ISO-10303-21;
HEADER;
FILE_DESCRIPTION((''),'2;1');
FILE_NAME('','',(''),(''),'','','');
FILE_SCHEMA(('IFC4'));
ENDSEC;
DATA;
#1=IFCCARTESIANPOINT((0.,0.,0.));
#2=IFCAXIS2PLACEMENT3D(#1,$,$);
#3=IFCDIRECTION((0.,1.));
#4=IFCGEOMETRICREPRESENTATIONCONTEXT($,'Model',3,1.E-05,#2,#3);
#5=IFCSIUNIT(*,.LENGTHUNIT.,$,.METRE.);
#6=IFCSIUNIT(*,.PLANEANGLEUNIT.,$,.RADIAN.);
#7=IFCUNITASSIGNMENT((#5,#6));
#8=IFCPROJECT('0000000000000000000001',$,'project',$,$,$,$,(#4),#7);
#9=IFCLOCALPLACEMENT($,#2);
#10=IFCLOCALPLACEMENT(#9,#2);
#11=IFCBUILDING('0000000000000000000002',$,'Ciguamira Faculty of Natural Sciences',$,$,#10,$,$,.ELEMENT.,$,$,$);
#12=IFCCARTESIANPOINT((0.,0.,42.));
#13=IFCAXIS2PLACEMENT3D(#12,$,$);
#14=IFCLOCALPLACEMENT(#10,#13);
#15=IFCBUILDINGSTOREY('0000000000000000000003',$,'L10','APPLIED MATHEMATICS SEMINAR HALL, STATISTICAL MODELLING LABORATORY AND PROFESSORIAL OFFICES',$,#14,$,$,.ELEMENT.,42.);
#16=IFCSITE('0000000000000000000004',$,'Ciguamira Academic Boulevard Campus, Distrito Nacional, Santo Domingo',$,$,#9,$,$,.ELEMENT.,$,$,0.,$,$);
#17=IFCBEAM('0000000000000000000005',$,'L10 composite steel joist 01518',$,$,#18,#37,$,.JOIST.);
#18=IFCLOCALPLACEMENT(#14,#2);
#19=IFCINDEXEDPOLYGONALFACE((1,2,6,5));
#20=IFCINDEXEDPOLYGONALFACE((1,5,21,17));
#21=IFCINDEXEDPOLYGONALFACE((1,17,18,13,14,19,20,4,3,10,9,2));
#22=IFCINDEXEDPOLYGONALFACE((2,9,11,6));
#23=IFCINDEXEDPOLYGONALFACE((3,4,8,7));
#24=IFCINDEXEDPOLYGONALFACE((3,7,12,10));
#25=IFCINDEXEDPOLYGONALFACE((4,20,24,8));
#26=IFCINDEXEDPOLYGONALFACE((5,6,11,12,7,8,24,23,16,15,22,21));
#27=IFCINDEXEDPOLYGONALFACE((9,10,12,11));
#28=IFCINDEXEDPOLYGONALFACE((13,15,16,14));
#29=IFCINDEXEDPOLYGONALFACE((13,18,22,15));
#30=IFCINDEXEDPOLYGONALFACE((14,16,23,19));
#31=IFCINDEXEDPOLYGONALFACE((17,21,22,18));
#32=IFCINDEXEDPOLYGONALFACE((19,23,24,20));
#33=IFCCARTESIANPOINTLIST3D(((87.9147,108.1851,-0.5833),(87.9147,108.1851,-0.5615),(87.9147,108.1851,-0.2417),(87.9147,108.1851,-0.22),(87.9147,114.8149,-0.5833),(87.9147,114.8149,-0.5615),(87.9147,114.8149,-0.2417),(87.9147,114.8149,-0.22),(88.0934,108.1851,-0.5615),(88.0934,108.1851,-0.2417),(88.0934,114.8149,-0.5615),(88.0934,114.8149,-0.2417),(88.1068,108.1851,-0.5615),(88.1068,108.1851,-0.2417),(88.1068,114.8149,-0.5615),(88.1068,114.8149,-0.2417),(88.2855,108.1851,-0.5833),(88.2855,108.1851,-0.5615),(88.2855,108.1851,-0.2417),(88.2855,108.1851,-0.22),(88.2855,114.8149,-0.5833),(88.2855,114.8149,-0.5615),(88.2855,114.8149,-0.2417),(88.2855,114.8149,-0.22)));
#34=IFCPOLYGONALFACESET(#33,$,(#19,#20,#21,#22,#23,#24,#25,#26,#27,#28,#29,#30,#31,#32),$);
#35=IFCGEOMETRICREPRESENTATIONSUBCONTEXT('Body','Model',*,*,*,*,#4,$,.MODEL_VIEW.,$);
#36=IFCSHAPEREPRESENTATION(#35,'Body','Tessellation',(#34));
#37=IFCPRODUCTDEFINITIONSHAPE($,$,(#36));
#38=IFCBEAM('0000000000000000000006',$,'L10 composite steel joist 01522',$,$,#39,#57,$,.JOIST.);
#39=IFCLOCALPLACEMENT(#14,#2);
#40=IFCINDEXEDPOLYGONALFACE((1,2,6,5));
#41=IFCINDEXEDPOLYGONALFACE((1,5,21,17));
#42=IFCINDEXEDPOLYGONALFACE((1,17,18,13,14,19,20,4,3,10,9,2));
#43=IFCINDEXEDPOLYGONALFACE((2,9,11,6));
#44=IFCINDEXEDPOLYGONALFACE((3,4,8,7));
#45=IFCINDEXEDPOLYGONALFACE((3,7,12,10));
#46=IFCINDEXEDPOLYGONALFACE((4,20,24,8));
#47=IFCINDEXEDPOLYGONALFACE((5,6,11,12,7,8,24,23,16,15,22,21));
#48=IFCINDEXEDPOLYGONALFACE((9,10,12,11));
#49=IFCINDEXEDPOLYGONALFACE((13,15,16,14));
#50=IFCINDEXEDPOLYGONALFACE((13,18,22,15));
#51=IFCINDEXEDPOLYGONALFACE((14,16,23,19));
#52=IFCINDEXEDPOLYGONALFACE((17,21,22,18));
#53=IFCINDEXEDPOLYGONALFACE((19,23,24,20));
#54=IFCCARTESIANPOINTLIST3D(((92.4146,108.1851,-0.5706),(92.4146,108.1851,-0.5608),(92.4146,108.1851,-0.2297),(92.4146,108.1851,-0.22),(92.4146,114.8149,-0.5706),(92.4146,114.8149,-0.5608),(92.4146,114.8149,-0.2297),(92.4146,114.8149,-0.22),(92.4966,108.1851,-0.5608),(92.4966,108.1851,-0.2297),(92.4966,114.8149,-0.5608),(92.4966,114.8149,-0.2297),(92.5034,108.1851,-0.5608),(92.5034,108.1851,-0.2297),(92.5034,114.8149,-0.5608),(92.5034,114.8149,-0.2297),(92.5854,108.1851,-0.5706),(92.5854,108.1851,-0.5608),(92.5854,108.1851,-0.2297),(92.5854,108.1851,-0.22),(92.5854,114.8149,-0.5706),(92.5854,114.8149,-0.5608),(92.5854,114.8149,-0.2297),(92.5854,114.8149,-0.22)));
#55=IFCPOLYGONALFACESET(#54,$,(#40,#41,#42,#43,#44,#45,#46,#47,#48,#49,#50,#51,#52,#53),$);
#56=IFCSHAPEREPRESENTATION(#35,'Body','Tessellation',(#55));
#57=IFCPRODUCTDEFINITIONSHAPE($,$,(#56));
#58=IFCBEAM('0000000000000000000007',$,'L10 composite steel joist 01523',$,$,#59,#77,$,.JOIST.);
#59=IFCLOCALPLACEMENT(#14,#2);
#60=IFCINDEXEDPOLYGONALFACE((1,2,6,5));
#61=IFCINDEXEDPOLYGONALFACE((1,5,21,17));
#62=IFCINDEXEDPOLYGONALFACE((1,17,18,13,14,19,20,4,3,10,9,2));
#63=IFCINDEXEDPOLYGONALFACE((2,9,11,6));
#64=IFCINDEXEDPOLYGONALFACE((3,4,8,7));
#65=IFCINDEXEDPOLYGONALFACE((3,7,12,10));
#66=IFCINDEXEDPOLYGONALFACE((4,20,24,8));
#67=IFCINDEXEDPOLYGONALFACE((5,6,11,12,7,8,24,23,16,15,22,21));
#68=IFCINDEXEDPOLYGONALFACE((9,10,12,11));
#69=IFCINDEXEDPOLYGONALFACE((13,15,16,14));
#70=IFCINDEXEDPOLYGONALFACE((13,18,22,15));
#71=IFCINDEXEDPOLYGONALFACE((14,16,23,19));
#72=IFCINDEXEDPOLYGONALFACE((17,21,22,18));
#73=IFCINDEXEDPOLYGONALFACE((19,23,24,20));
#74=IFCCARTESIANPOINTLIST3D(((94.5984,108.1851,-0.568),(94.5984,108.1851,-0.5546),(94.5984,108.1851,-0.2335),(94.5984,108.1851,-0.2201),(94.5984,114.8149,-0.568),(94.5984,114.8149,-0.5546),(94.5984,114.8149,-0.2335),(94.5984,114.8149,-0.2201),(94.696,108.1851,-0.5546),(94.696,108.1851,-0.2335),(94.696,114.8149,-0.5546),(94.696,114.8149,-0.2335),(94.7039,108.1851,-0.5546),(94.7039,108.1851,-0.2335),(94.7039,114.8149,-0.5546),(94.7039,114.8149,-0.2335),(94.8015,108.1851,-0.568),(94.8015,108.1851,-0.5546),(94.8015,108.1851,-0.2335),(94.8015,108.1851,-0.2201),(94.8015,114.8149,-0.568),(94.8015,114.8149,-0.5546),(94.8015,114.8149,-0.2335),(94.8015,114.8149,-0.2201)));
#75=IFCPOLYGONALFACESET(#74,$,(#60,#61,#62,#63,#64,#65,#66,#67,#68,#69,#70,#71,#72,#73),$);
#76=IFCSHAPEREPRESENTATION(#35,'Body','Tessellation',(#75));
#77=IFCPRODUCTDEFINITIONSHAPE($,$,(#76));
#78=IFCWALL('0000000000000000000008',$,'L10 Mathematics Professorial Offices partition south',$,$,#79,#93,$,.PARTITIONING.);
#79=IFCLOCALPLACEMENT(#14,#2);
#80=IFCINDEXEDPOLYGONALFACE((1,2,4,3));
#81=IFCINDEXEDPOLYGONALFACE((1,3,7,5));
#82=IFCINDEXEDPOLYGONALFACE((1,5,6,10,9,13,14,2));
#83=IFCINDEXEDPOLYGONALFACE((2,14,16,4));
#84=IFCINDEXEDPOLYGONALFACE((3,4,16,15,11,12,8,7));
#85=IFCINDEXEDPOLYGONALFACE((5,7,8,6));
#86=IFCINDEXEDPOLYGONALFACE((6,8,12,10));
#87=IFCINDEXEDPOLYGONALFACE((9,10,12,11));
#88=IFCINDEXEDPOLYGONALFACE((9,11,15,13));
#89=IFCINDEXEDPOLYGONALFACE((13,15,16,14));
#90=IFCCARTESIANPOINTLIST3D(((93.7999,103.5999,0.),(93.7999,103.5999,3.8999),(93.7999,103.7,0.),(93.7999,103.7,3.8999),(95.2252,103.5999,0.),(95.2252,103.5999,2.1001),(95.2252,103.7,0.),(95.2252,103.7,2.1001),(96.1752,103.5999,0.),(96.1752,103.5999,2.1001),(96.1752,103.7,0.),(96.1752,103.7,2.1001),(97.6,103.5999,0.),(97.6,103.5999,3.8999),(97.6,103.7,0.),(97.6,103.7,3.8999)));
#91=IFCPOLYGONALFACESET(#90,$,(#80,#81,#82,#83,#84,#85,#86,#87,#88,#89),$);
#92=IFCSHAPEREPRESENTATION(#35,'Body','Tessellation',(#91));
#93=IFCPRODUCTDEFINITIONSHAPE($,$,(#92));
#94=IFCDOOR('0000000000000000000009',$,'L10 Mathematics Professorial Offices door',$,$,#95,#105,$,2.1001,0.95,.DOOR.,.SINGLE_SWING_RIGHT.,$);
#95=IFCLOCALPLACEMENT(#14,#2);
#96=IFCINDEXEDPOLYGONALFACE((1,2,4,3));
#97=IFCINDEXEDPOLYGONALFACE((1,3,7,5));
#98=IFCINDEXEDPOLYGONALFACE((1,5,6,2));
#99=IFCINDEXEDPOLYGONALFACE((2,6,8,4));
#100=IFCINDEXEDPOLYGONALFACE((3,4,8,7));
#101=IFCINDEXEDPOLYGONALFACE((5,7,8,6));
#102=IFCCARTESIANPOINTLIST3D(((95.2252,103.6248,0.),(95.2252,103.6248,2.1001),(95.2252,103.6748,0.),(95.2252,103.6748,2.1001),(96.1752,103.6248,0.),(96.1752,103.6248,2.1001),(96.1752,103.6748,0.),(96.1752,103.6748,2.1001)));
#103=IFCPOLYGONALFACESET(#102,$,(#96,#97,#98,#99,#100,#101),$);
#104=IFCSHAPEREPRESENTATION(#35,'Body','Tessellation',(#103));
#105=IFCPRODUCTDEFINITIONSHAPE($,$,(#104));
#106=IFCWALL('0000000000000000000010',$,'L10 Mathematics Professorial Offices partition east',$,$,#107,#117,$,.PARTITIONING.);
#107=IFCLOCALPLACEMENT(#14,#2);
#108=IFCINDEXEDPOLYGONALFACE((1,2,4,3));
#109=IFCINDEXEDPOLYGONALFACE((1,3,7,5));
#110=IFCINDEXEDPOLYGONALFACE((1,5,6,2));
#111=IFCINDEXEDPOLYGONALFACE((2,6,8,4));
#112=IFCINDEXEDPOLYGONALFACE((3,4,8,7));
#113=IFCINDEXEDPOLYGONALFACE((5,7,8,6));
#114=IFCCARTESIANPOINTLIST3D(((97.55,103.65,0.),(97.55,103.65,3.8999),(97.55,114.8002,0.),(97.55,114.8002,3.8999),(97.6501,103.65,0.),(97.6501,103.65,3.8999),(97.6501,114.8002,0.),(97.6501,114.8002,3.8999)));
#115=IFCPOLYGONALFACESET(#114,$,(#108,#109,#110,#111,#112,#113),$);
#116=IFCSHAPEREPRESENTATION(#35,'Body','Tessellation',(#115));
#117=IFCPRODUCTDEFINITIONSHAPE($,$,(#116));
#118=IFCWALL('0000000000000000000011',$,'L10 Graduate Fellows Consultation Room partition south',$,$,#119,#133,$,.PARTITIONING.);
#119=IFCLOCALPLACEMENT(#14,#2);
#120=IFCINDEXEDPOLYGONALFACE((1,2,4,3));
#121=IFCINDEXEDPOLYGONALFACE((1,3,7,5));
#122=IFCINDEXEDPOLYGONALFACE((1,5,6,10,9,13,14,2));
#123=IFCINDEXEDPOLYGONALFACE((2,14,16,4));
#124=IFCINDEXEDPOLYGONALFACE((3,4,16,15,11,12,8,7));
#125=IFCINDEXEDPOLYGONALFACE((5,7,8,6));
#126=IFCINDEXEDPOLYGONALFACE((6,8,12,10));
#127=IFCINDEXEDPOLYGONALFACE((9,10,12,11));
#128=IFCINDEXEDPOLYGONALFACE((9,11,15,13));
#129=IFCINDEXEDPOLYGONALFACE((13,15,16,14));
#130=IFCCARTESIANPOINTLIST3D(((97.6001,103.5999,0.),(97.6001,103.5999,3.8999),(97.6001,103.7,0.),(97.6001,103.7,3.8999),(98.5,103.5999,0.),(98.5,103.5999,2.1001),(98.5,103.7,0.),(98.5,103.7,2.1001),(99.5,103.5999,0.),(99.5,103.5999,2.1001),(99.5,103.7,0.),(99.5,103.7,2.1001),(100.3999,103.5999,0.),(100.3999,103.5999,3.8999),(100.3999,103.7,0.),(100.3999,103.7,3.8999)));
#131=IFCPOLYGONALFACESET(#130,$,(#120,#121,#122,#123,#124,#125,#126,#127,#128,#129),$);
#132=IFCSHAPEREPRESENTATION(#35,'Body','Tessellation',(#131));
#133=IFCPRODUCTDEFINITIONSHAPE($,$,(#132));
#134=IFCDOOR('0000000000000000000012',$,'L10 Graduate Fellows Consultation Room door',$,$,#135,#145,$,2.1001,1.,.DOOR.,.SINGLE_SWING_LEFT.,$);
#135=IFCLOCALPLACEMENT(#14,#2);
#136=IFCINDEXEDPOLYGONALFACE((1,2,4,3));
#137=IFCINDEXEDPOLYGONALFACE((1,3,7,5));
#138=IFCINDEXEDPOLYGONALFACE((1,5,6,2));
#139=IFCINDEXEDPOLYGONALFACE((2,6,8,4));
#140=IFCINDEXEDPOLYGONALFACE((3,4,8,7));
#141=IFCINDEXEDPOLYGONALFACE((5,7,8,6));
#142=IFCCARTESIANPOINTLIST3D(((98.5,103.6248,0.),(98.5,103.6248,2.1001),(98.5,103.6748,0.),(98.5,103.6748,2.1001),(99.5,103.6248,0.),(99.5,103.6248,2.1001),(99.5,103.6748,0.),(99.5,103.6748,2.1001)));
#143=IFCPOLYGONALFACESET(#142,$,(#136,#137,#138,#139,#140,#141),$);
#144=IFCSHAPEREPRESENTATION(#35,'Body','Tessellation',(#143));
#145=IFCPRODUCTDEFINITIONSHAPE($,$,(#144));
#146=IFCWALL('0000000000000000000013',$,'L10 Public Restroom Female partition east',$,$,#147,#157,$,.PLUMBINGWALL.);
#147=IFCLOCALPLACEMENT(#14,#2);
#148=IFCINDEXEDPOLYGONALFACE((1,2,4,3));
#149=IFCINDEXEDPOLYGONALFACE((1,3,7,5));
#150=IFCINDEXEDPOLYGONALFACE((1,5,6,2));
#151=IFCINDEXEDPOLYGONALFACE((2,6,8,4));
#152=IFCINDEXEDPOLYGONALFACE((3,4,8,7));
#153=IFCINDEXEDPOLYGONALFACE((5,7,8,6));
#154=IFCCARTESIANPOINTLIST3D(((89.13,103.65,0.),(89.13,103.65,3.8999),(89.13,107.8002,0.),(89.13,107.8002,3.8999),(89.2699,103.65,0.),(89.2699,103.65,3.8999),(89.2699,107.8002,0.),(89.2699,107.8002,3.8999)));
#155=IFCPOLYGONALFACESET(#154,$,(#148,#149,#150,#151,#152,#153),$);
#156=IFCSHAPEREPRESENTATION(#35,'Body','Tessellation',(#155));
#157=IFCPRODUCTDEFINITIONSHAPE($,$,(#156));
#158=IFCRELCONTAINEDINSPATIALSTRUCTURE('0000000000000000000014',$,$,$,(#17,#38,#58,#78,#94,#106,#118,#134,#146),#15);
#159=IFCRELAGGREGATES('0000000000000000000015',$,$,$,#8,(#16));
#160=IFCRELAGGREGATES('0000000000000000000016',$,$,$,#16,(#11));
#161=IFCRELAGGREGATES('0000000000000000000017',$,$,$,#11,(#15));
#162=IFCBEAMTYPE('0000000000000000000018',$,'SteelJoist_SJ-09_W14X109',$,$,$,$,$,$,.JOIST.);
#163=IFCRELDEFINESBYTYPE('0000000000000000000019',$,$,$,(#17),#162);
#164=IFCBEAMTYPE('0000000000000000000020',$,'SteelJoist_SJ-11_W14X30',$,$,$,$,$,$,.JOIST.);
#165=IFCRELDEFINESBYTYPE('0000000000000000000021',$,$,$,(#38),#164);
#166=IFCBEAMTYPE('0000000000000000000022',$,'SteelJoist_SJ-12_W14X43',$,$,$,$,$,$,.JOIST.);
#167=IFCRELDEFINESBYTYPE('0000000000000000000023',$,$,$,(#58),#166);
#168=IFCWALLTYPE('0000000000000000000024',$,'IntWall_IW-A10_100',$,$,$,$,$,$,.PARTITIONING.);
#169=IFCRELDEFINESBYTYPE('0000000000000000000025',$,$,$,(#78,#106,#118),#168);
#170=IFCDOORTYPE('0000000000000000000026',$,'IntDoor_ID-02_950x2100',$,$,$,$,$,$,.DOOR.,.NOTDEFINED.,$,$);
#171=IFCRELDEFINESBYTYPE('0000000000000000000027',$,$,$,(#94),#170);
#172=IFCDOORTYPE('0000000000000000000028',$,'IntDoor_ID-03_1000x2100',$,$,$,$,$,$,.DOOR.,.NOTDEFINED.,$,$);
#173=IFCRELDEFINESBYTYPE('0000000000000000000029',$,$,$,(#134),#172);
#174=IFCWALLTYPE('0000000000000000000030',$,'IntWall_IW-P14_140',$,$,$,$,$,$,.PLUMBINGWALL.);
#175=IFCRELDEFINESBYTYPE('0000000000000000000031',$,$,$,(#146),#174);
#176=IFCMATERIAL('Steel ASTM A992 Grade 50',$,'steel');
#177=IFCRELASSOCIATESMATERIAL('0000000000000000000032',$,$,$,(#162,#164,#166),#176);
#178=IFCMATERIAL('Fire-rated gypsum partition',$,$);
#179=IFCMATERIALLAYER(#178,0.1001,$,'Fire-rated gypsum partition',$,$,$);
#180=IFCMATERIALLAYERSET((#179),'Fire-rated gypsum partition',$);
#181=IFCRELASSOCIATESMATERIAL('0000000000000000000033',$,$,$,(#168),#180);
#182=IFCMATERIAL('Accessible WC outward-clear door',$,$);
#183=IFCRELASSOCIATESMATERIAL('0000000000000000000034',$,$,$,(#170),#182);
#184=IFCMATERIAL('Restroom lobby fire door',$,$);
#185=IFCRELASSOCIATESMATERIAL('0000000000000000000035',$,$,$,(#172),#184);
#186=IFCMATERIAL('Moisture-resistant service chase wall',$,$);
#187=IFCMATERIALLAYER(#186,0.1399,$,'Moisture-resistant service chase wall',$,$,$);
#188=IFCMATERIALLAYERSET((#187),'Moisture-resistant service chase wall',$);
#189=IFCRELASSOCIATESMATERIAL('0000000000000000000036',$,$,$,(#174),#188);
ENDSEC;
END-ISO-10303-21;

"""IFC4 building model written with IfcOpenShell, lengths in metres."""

from ifc_helpers import new_model, si_unit, direction, frame, frame_2d, origin, origin_2d, place, context, subcontext, project, spatial, rectangle, i_section, extrude, material, layer, layer_set, material_profile, profile_set, type_object, element, fill, save


model = new_model("IFC4")

# Units and contexts
model_context = context("Model", 3, precision=1e-05, world=origin(), true_north=direction((0.0, 1.0)))
body_context = subcontext(model_context, "Body", "Model", "MODEL_VIEW")
ifc_project = project(units=[si_unit("LENGTHUNIT", "METRE"), si_unit("PLANEANGLEUNIT", "RADIAN")], contexts=[model_context])

# Site, building, storey
site_placement = place(None, origin())
site = spatial("IfcSite", under=ifc_project, at=site_placement, Name="Ciguamira Academic Boulevard Campus, Distrito Nacional, Santo Domingo", CompositionType="ELEMENT", RefElevation=0.0)
building_placement = place(site_placement, origin())
building = spatial("IfcBuilding", under=site, at=building_placement, Name="Ciguamira Faculty of Natural Sciences", CompositionType="ELEMENT")
storey_placement = place(building_placement, frame((0.0, 0.0, 42.0)))
storey = spatial("IfcBuildingStorey", under=building, at=storey_placement, Name="L10", Description="APPLIED MATHEMATICS SEMINAR HALL, STATISTICAL MODELLING LABORATORY AND PROFESSORIAL OFFICES", CompositionType="ELEMENT", Elevation=42.0)

# Beams
ifc_material_1 = material(Name="Steel ASTM A992 Grade 50", Category="steel")
ifc_material_profile_1 = material_profile(ifc_material_1, i_section(OverallWidth=0.3708, OverallDepth=0.3633, WebThickness=0.0134, FlangeThickness=0.0217, at=origin_2d()), Name="W14X109")
ifc_profile_set_1 = profile_set([ifc_material_profile_1], Name="Steel ASTM A992 Grade 50")
beam_type_1 = type_object("IfcBeamType", Name="SteelJoist_SJ-09_W14X109", PredefinedType="JOIST", material=ifc_profile_set_1)
beam_1_placement = place(storey_placement, frame((88.1001, 108.1851, -0.4016), z_axis=(0.0, 1.0, 0.0), x_axis=(-1.0, 0.0, 0.0)))
element("IfcBeam", 1, at=beam_1_placement, inside=storey, type_object=beam_type_1, Name="L10 composite steel joist 01518", PredefinedType="JOIST", context=body_context, shape_type="SweptSolid", body=[
    extrude(i_section(OverallWidth=0.3708, OverallDepth=0.3633, WebThickness=0.0134, FlangeThickness=0.0217, at=origin_2d()), origin(), (0.0, 0.0, 1.0), 6.6299),
])
ifc_material_profile_2 = material_profile(ifc_material_1, i_section(OverallWidth=0.1709, OverallDepth=0.3506, WebThickness=0.0068, FlangeThickness=0.0098, at=origin_2d()), Name="W14X30")
ifc_profile_set_2 = profile_set([ifc_material_profile_2], Name="Steel ASTM A992 Grade 50")
beam_type_2 = type_object("IfcBeamType", Name="SteelJoist_SJ-11_W14X30", PredefinedType="JOIST", material=ifc_profile_set_2)
beam_2_placement = place(storey_placement, frame((92.5, 108.1851, -0.3953), z_axis=(0.0, 1.0, 0.0), x_axis=(-1.0, 0.0, 0.0)))
element("IfcBeam", 2, at=beam_2_placement, inside=storey, type_object=beam_type_2, Name="L10 composite steel joist 01522", PredefinedType="JOIST", context=body_context, shape_type="SweptSolid", body=[
    extrude(i_section(OverallWidth=0.1709, OverallDepth=0.3506, WebThickness=0.0068, FlangeThickness=0.0098, at=origin_2d()), origin(), (0.0, 0.0, 1.0), 6.6299),
])
ifc_material_profile_3 = material_profile(ifc_material_1, i_section(OverallWidth=0.2031, OverallDepth=0.3479, WebThickness=0.0078, FlangeThickness=0.0134, at=origin_2d()), Name="W14X43")
ifc_profile_set_3 = profile_set([ifc_material_profile_3], Name="Steel ASTM A992 Grade 50")
beam_type_3 = type_object("IfcBeamType", Name="SteelJoist_SJ-12_W14X43", PredefinedType="JOIST", material=ifc_profile_set_3)
beam_3_placement = place(storey_placement, frame((94.7, 108.1851, -0.394), z_axis=(0.0, 1.0, 0.0), x_axis=(-1.0, 0.0, 0.0)))
element("IfcBeam", 3, at=beam_3_placement, inside=storey, type_object=beam_type_3, Name="L10 composite steel joist 01523", PredefinedType="JOIST", context=body_context, shape_type="SweptSolid", body=[
    extrude(i_section(OverallWidth=0.2031, OverallDepth=0.3479, WebThickness=0.0078, FlangeThickness=0.0134, at=origin_2d()), origin(), (0.0, 0.0, 1.0), 6.6299),
])

# Wall, opening, door
ifc_material_2 = material(Name="Fire-rated gypsum partition")
ifc_layer_1 = layer(ifc_material_2, 0.1001, Name="Fire-rated gypsum partition")
ifc_layer_set_1 = layer_set([ifc_layer_1], Name="Fire-rated gypsum partition")
wall_type_1 = type_object("IfcWallType", Name="IntWall_IW-A10_100", PredefinedType="PARTITIONING", material=ifc_layer_set_1)
wall_1_placement = place(storey_placement, frame((93.8, 103.6499, 0.0), z_axis=(0.0, 0.0, 1.0), x_axis=(1.0, 0.0, 0.0)))
wall_1 = element("IfcWall", 4, at=wall_1_placement, inside=storey, type_object=wall_type_1, Name="L10 Mathematics Professorial Offices partition south", PredefinedType="PARTITIONING", context=body_context, shape_type="SweptSolid", body=[
    extrude(rectangle(XDim=3.8, YDim=0.1001, at=frame_2d((1.8999, 0.0))), origin(), (0.0, 0.0, 1.0), 3.8999),
])
opening_1_placement = place(wall_1_placement, frame((1.425, 0.0, 0.0)))
opening_1 = element("IfcOpeningElement", 5, at=opening_1_placement, cuts=wall_1, PredefinedType="OPENING", context=body_context, shape_type="SweptSolid", body=[
    extrude(rectangle(XDim=0.95, YDim=2.1001, at=frame_2d((0.4751, 1.05))), frame((0.0, 0.0601, 0.0), z_axis=(0.0, -1.0, 0.0), x_axis=(1.0, 0.0, 0.0)), (0.0, 0.0, 1.0), 0.1201),
])
ifc_material_3 = material(Name="Accessible WC outward-clear door")
door_type_1 = type_object("IfcDoorType", Name="IntDoor_ID-02_950x2100", OperationType="NOTDEFINED", PredefinedType="DOOR", material=ifc_material_3)
door_1_placement = place(opening_1_placement, origin())
door_1 = element("IfcDoor", 6, at=door_1_placement, inside=storey, type_object=door_type_1, Name="L10 Mathematics Professorial Offices door", OperationType="SINGLE_SWING_RIGHT", OverallHeight=2.1001, OverallWidth=0.95, PredefinedType="DOOR", context=body_context, shape_type="SweptSolid", body=[
    extrude(rectangle(XDim=0.95, YDim=2.1001, at=frame_2d((0.4751, 1.05))), frame((0.0, 0.0249, 0.0), z_axis=(0.0, -1.0, 0.0), x_axis=(1.0, 0.0, 0.0)), (0.0, 0.0, 1.0), 0.05),
])
fill(opening_1, door_1)

# Wall
wall_2_placement = place(storey_placement, frame((97.6001, 103.6499, 0.0), z_axis=(0.0, 0.0, 1.0), x_axis=(0.0, 1.0, 0.0)))
element("IfcWall", 7, at=wall_2_placement, inside=storey, type_object=wall_type_1, Name="L10 Mathematics Professorial Offices partition east", PredefinedType="PARTITIONING", context=body_context, shape_type="SweptSolid", body=[
    extrude(rectangle(XDim=11.1501, YDim=0.1001, at=frame_2d((5.5752, 0.0))), origin(), (0.0, 0.0, 1.0), 3.8999),
])

# Wall, opening, door
wall_3_placement = place(storey_placement, frame((97.6001, 103.6499, 0.0), z_axis=(0.0, 0.0, 1.0), x_axis=(1.0, 0.0, 0.0)))
wall_3 = element("IfcWall", 8, at=wall_3_placement, inside=storey, type_object=wall_type_1, Name="L10 Graduate Fellows Consultation Room partition south", PredefinedType="PARTITIONING", context=body_context, shape_type="SweptSolid", body=[
    extrude(rectangle(XDim=2.7998, YDim=0.1001, at=frame_2d((1.3999, 0.0))), origin(), (0.0, 0.0, 1.0), 3.8999),
])
opening_2_placement = place(wall_3_placement, frame((0.8999, 0.0, 0.0)))
opening_2 = element("IfcOpeningElement", 9, at=opening_2_placement, cuts=wall_3, PredefinedType="OPENING", context=body_context, shape_type="SweptSolid", body=[
    extrude(rectangle(XDim=1.0, YDim=2.1001, at=frame_2d((0.5, 1.05))), frame((0.0, 0.0601, 0.0), z_axis=(0.0, -1.0, 0.0), x_axis=(1.0, 0.0, 0.0)), (0.0, 0.0, 1.0), 0.1201),
])
ifc_material_4 = material(Name="Restroom lobby fire door")
door_type_2 = type_object("IfcDoorType", Name="IntDoor_ID-03_1000x2100", OperationType="NOTDEFINED", PredefinedType="DOOR", material=ifc_material_4)
door_2_placement = place(opening_2_placement, origin())
door_2 = element("IfcDoor", 10, at=door_2_placement, inside=storey, type_object=door_type_2, Name="L10 Graduate Fellows Consultation Room door", OperationType="SINGLE_SWING_LEFT", OverallHeight=2.1001, OverallWidth=1.0, PredefinedType="DOOR", context=body_context, shape_type="SweptSolid", body=[
    extrude(rectangle(XDim=1.0, YDim=2.1001, at=frame_2d((0.5, 1.05))), frame((0.0, 0.0249, 0.0), z_axis=(0.0, -1.0, 0.0), x_axis=(1.0, 0.0, 0.0)), (0.0, 0.0, 1.0), 0.05),
])
fill(opening_2, door_2)

# Wall
ifc_material_5 = material(Name="Moisture-resistant service chase wall")
ifc_layer_2 = layer(ifc_material_5, 0.1399, Name="Moisture-resistant service chase wall")
ifc_layer_set_2 = layer_set([ifc_layer_2], Name="Moisture-resistant service chase wall")
wall_type_2 = type_object("IfcWallType", Name="IntWall_IW-P14_140", PredefinedType="PLUMBINGWALL", material=ifc_layer_set_2)
wall_4_placement = place(storey_placement, frame((89.2, 103.6499, 0.0), z_axis=(0.0, 0.0, 1.0), x_axis=(0.0, 1.0, 0.0)))
element("IfcWall", 11, at=wall_4_placement, inside=storey, type_object=wall_type_2, Name="L10 Public Restroom Female partition east", PredefinedType="PLUMBINGWALL", context=body_context, shape_type="SweptSolid", body=[
    extrude(rectangle(XDim=4.1501, YDim=0.1399, at=frame_2d((2.0752, 0.0))), origin(), (0.0, 0.0, 1.0), 3.8999),
])

save(model, "model.ifc")
